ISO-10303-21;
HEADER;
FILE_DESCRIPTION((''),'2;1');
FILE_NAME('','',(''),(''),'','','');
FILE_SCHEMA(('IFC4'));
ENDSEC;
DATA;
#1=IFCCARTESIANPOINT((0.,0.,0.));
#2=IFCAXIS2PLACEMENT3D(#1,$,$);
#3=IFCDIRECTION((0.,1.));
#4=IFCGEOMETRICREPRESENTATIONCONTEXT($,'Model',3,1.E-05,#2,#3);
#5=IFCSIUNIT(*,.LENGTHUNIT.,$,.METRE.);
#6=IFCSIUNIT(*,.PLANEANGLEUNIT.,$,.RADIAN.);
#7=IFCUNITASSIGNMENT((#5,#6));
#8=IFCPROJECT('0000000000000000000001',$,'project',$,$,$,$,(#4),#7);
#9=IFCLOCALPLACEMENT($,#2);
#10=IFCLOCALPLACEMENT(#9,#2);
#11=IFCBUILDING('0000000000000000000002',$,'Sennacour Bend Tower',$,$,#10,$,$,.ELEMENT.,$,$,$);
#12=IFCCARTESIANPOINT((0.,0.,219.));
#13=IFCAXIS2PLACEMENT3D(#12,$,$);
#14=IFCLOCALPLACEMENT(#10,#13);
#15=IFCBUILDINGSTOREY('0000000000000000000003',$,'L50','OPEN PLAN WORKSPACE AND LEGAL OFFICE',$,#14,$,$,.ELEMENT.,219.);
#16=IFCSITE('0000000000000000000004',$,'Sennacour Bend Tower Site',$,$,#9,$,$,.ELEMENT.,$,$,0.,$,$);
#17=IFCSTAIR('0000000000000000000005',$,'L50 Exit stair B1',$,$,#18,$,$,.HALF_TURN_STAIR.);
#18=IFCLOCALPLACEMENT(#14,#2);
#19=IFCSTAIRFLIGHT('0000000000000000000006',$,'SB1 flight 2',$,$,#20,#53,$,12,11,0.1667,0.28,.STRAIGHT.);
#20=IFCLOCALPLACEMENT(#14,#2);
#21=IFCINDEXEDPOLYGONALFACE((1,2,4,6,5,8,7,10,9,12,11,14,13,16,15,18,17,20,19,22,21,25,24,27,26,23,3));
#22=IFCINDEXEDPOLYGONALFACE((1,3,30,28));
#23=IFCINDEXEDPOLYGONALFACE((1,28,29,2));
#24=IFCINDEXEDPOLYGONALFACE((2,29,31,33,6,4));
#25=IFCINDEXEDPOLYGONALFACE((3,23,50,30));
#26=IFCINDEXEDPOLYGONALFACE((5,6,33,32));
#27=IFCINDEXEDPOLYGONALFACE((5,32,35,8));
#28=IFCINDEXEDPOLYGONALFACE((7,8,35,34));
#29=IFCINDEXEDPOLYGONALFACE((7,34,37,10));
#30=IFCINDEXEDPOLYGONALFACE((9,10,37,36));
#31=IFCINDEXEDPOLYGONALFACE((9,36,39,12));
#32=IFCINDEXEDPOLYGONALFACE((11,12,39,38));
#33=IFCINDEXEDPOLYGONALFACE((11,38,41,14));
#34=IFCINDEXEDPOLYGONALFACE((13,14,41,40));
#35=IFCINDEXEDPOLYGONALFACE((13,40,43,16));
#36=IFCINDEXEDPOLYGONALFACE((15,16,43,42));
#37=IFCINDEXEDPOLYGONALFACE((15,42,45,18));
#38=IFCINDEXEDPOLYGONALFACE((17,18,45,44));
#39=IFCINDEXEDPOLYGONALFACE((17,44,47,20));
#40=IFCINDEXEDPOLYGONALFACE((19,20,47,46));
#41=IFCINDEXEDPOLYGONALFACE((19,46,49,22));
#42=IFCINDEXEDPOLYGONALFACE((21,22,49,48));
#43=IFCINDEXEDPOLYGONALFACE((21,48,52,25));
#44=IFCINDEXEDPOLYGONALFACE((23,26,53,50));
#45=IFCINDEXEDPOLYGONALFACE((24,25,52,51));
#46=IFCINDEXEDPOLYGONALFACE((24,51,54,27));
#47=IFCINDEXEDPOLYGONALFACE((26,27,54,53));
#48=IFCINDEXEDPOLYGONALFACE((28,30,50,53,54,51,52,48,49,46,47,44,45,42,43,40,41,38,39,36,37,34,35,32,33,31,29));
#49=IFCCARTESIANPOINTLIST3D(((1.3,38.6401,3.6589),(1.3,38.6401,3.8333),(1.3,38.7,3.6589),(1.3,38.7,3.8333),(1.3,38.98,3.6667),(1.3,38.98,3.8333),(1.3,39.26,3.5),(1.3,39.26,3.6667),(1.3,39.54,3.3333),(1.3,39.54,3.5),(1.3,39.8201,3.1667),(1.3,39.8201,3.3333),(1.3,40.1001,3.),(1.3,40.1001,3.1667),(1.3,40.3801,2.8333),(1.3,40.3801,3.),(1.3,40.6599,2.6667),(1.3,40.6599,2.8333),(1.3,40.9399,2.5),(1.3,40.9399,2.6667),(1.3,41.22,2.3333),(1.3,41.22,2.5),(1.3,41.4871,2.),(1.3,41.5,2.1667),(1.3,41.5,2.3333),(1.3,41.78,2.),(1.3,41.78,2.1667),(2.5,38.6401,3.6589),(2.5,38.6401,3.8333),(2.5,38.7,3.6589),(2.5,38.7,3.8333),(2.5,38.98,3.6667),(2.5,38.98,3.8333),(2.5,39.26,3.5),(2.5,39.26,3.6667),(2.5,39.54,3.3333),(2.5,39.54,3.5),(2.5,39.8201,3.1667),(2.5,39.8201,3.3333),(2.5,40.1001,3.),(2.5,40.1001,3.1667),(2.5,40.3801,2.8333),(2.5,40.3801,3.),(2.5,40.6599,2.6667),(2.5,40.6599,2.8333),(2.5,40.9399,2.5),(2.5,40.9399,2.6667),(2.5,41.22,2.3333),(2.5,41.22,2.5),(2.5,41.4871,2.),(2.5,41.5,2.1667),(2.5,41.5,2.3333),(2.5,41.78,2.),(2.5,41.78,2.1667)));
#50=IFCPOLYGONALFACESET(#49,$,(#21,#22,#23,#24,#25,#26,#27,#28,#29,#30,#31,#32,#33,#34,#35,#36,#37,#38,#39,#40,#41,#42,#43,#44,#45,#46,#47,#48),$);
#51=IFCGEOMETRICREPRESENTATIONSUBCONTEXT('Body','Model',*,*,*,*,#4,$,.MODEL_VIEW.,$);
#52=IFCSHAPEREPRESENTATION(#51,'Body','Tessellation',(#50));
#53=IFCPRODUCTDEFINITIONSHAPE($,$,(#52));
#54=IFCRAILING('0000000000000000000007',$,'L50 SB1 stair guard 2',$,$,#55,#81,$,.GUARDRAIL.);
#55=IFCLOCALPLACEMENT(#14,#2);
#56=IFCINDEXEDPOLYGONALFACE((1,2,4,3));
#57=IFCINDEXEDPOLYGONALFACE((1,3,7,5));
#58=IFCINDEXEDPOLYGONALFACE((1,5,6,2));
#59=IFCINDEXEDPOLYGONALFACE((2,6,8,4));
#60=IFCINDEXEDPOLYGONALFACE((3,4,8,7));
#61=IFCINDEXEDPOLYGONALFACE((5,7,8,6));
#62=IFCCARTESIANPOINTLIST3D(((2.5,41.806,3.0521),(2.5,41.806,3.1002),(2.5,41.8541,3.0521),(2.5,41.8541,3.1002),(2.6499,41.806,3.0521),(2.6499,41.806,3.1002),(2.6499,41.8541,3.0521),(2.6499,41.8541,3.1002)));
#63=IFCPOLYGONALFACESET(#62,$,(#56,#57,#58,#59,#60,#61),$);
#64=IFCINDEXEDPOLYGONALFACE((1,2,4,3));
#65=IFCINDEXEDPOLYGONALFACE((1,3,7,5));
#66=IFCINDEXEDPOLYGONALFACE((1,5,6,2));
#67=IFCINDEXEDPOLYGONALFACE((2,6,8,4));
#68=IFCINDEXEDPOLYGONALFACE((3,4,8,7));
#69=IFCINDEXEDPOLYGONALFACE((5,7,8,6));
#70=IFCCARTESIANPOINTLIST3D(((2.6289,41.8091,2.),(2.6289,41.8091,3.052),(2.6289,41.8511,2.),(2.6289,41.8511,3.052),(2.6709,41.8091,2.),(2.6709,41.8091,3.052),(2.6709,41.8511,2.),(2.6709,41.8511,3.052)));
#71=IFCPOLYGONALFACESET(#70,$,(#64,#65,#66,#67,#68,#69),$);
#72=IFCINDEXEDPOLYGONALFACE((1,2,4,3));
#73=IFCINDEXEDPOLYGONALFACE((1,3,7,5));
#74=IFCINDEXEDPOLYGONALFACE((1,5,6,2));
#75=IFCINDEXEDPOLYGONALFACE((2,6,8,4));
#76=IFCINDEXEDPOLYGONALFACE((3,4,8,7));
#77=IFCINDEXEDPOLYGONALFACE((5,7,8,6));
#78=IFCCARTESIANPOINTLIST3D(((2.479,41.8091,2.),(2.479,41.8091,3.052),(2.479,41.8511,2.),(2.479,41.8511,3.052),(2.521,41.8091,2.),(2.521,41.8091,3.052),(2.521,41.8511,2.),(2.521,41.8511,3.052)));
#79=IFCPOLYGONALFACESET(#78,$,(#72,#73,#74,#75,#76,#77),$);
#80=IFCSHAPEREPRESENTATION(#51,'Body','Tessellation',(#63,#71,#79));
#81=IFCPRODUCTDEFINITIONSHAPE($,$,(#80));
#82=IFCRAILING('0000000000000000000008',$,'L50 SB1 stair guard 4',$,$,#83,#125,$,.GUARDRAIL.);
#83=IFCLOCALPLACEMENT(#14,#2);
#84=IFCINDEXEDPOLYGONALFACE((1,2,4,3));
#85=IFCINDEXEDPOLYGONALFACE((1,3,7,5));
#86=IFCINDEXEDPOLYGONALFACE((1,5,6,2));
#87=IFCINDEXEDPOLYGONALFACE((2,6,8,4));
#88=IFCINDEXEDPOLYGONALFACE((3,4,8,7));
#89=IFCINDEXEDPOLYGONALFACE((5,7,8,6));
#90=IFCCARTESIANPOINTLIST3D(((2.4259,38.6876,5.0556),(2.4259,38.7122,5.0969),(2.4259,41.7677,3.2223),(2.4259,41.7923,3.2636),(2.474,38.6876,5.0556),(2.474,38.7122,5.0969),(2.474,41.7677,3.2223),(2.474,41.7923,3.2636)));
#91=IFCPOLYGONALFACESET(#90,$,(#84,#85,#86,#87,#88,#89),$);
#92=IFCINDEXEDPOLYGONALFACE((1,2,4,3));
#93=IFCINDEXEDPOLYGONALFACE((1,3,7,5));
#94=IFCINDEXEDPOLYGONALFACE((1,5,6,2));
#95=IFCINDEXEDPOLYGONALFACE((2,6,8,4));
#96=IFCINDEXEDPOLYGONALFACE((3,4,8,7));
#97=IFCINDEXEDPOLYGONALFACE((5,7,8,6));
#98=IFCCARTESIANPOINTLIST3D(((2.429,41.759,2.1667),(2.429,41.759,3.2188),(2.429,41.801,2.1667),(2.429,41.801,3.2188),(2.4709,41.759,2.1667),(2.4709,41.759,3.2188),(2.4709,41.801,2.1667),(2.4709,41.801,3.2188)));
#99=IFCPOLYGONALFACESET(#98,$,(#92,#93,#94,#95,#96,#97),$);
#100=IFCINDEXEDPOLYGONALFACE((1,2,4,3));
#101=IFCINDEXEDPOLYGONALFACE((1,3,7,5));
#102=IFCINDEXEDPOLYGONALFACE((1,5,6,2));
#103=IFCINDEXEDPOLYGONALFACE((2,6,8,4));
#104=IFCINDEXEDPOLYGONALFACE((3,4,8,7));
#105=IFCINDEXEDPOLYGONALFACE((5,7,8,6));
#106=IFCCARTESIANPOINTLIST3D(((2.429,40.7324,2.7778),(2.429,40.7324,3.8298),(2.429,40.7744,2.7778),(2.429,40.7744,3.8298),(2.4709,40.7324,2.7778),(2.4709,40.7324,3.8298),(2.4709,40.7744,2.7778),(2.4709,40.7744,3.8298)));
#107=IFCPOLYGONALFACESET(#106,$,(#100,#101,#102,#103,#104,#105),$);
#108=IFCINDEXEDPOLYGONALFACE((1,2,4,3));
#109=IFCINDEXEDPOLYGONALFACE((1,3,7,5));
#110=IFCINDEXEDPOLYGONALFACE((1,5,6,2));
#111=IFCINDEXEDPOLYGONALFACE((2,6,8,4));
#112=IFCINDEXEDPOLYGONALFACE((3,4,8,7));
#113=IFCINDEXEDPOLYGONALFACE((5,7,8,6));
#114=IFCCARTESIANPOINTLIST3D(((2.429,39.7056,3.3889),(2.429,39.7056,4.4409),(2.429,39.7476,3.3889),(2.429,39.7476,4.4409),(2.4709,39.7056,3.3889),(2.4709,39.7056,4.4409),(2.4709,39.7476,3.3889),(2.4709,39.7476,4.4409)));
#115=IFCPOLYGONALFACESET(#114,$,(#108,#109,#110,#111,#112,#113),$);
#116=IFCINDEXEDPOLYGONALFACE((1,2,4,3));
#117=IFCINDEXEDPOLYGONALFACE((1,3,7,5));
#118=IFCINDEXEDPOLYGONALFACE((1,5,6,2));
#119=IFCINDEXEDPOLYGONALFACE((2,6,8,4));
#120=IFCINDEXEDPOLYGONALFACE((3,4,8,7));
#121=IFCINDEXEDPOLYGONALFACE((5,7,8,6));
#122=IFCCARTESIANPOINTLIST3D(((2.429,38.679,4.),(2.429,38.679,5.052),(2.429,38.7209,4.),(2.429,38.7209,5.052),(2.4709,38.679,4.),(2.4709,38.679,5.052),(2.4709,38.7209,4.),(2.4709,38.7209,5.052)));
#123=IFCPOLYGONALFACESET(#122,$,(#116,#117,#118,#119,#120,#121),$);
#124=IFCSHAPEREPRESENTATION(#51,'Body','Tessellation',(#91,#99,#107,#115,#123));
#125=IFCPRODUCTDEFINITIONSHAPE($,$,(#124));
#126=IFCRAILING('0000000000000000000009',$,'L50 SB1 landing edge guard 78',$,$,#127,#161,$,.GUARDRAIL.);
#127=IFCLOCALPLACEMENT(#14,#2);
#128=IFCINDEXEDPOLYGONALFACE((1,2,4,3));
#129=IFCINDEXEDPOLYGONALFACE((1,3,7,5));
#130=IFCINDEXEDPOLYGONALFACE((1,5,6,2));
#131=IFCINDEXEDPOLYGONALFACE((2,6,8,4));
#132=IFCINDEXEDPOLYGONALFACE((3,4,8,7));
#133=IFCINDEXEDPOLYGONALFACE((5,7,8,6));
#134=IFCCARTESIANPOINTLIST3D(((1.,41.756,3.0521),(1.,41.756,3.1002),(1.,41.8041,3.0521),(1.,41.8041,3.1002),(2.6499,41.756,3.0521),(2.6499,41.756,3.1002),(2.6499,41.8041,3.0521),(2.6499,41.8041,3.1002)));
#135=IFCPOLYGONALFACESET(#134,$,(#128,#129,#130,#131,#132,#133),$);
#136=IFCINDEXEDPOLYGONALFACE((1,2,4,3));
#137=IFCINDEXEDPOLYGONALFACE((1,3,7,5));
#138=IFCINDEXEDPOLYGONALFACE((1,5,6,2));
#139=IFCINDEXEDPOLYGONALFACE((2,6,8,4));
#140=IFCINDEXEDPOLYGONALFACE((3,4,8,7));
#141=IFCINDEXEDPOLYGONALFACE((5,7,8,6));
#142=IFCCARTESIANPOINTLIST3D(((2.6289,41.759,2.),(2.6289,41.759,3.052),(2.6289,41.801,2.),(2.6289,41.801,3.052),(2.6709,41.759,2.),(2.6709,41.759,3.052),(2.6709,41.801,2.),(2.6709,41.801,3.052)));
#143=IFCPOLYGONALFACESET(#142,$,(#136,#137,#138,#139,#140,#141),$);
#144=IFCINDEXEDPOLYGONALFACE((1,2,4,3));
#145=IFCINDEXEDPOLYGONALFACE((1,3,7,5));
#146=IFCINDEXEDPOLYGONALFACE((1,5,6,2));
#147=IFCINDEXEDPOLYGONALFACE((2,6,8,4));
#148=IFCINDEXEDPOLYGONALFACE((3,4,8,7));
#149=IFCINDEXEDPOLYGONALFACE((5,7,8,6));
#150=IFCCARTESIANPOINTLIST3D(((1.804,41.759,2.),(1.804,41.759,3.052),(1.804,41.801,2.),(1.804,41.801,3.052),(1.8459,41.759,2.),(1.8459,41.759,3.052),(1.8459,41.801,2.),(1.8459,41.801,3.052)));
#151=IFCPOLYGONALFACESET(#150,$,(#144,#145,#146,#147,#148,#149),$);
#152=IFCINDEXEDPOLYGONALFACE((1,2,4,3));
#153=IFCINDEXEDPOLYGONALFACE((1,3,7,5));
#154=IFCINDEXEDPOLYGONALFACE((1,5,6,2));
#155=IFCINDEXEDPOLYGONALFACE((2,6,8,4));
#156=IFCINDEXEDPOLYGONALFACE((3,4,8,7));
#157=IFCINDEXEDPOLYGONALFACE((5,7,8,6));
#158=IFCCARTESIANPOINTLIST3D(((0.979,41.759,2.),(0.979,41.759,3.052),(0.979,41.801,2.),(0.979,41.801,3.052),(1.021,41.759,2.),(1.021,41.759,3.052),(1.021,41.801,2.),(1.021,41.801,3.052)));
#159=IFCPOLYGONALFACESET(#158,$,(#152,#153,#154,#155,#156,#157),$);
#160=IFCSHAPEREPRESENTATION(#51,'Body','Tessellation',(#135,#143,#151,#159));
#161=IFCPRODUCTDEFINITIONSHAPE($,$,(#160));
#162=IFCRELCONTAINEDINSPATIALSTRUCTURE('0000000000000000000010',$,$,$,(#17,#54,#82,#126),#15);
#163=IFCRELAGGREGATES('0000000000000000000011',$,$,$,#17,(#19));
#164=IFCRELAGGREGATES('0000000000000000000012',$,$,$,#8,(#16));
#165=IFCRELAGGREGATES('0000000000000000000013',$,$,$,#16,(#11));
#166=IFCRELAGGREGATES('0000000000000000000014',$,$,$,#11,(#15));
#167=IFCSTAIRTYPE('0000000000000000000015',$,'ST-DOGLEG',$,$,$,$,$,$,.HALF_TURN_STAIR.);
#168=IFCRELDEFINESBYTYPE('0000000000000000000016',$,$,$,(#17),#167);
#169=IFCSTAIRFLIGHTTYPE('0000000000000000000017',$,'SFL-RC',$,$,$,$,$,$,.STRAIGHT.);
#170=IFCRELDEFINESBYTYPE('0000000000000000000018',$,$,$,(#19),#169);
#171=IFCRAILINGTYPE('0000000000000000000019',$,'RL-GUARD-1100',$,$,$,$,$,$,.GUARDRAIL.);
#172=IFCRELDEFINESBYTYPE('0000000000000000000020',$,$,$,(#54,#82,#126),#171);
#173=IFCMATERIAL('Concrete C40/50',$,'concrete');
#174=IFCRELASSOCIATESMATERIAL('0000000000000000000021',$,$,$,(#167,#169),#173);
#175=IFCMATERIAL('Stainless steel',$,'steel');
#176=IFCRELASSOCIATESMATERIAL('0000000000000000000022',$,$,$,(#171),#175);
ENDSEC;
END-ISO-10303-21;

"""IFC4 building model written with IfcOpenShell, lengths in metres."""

from ifc_helpers import new_model, si_unit, direction, frame, origin, origin_2d, place, context, subcontext, project, spatial, polyline, rectangle, outline, extrude, material, type_object, element, aggregate, save


model = new_model("IFC4")

# Units and contexts
model_context = context("Model", 3, precision=1e-05, world=origin(), true_north=direction((0.0, 1.0)))
body_context = subcontext(model_context, "Body", "Model", "MODEL_VIEW")
ifc_project = project(units=[si_unit("LENGTHUNIT", "METRE"), si_unit("PLANEANGLEUNIT", "RADIAN")], contexts=[model_context])

# Site, building, storey
site_placement = place(None, origin())
site = spatial("IfcSite", under=ifc_project, at=site_placement, Name="Sennacour Bend Tower Site", CompositionType="ELEMENT", RefElevation=0.0)
building_placement = place(site_placement, origin())
building = spatial("IfcBuilding", under=site, at=building_placement, Name="Sennacour Bend Tower", CompositionType="ELEMENT")
storey_placement = place(building_placement, frame((0.0, 0.0, 219.0)))
storey = spatial("IfcBuildingStorey", under=building, at=storey_placement, Name="L50", Description="OPEN PLAN WORKSPACE AND LEGAL OFFICE", CompositionType="ELEMENT", Elevation=219.0)

# Stair, stair flight
ifc_material_1 = material(Name="Concrete C40/50", Category="concrete")
stair_type = type_object("IfcStairType", Name="ST-DOGLEG", PredefinedType="HALF_TURN_STAIR", material=ifc_material_1)
stair_placement = place(storey_placement, origin())
stair = element("IfcStair", 1, at=stair_placement, inside=storey, type_object=stair_type, Name="L50 Exit stair B1", PredefinedType="HALF_TURN_STAIR")
stair_flight_type = type_object("IfcStairFlightType", Name="SFL-RC", PredefinedType="STRAIGHT", material=ifc_material_1)
stair_flight_placement = place(storey_placement, frame((1.8999, 41.78, 2.0), z_axis=(0.0, 0.0, 1.0), x_axis=(0.0, -1.0, 0.0)))
stair_flight = element("IfcStairFlight", 2, at=stair_flight_placement, type_object=stair_flight_type, Name="SB1 flight 2", NumberOfRisers=12, NumberOfTreads=11, PredefinedType="STRAIGHT", RiserHeight=0.1667, TreadLength=0.28, context=body_context, shape_type="SweptSolid", body=[
    extrude(outline(polyline([(0.0, 0.0), (0.0, 0.1667), (0.28, 0.1667), (0.28, 0.3333), (0.5601, 0.3333), (0.5601, 0.5), (0.8401, 0.5), (0.8401, 0.6667), (1.1201, 0.6667), (1.1201, 0.8333), (1.3999, 0.8333), (1.3999, 1.0), (1.6799, 1.0), (1.6799, 1.1667), (1.96, 1.1667), (1.96, 1.3333), (2.24, 1.3333), (2.24, 1.5), (2.52, 1.5), (2.52, 1.6667), (2.8, 1.6667), (2.8, 1.8333), (3.0801, 1.8333), (3.1399, 1.8333), (3.1399, 1.6589), (3.0801, 1.6589), (0.293, 0.0), (0.0, 0.0)])), frame((0.0, 0.6001, 0.0), z_axis=(0.0, -1.0, 0.0), x_axis=(1.0, 0.0, 0.0)), (0.0, 0.0, 1.0), 1.2),
])
aggregate(stair, [stair_flight])

# Railings
ifc_material_2 = material(Name="Stainless steel", Category="steel")
railing_type = type_object("IfcRailingType", Name="RL-GUARD-1100", PredefinedType="GUARDRAIL", material=ifc_material_2)
railing_1_placement = place(storey_placement, frame((2.6499, 41.8301, 2.0)))
element("IfcRailing", 3, at=railing_1_placement, inside=storey, type_object=railing_type, Name="L50 SB1 stair guard 2", PredefinedType="GUARDRAIL", context=body_context, shape_type="SweptSolid", body=[
    extrude(rectangle(XDim=0.0481, YDim=0.0481, at=origin_2d()), frame((0.0, 0.0, 1.0762), z_axis=(-1.0, 0.0, 0.0), x_axis=(0.0, -1.0, 0.0)), (0.0, 0.0, 1.0), 0.1499),
    extrude(rectangle(XDim=0.042, YDim=0.042, at=origin_2d()), origin(), (0.0, 0.0, 1.0), 1.052),
    extrude(rectangle(XDim=0.042, YDim=0.042, at=origin_2d()), frame((-0.1499, 0.0, 0.0)), (0.0, 0.0, 1.0), 1.052),
])
railing_2_placement = place(storey_placement, frame((2.45, 41.78, 2.1667)))
element("IfcRailing", 4, at=railing_2_placement, inside=storey, type_object=railing_type, Name="L50 SB1 stair guard 4", PredefinedType="GUARDRAIL", context=body_context, shape_type="SweptSolid", body=[
    extrude(rectangle(XDim=0.0481, YDim=0.0481, at=origin_2d()), frame((0.0, 0.0, 1.0762), z_axis=(0.0, -0.859309, 0.511458), x_axis=(1.0, 0.0, 0.0)), (0.0, 0.0, 1.0), 3.5845),
    extrude(rectangle(XDim=0.042, YDim=0.042, at=origin_2d()), origin(), (0.0, 0.0, 1.0), 1.052),
    extrude(rectangle(XDim=0.042, YDim=0.042, at=origin_2d()), frame((0.0, -1.0266, 0.6111)), (0.0, 0.0, 1.0), 1.052),
    extrude(rectangle(XDim=0.042, YDim=0.042, at=origin_2d()), frame((0.0, -2.0535, 1.2222)), (0.0, 0.0, 1.0), 1.052),
    extrude(rectangle(XDim=0.042, YDim=0.042, at=origin_2d()), frame((0.0, -3.0801, 1.8333)), (0.0, 0.0, 1.0), 1.052),
])
railing_3_placement = place(storey_placement, frame((2.6499, 41.78, 2.0)))
element("IfcRailing", 5, at=railing_3_placement, inside=storey, type_object=railing_type, Name="L50 SB1 landing edge guard 78", PredefinedType="GUARDRAIL", context=body_context, shape_type="SweptSolid", body=[
    extrude(rectangle(XDim=0.0481, YDim=0.0481, at=origin_2d()), frame((0.0, 0.0, 1.0762), z_axis=(-1.0, 0.0, 0.0), x_axis=(0.0, -1.0, 0.0)), (0.0, 0.0, 1.0), 1.6499),
    extrude(rectangle(XDim=0.042, YDim=0.042, at=origin_2d()), origin(), (0.0, 0.0, 1.0), 1.052),
    extrude(rectangle(XDim=0.042, YDim=0.042, at=origin_2d()), frame((-0.825, 0.0, 0.0)), (0.0, 0.0, 1.0), 1.052),
    extrude(rectangle(XDim=0.042, YDim=0.042, at=origin_2d()), frame((-1.6499, 0.0, 0.0)), (0.0, 0.0, 1.0), 1.052),
])

save(model, "model.ifc")
